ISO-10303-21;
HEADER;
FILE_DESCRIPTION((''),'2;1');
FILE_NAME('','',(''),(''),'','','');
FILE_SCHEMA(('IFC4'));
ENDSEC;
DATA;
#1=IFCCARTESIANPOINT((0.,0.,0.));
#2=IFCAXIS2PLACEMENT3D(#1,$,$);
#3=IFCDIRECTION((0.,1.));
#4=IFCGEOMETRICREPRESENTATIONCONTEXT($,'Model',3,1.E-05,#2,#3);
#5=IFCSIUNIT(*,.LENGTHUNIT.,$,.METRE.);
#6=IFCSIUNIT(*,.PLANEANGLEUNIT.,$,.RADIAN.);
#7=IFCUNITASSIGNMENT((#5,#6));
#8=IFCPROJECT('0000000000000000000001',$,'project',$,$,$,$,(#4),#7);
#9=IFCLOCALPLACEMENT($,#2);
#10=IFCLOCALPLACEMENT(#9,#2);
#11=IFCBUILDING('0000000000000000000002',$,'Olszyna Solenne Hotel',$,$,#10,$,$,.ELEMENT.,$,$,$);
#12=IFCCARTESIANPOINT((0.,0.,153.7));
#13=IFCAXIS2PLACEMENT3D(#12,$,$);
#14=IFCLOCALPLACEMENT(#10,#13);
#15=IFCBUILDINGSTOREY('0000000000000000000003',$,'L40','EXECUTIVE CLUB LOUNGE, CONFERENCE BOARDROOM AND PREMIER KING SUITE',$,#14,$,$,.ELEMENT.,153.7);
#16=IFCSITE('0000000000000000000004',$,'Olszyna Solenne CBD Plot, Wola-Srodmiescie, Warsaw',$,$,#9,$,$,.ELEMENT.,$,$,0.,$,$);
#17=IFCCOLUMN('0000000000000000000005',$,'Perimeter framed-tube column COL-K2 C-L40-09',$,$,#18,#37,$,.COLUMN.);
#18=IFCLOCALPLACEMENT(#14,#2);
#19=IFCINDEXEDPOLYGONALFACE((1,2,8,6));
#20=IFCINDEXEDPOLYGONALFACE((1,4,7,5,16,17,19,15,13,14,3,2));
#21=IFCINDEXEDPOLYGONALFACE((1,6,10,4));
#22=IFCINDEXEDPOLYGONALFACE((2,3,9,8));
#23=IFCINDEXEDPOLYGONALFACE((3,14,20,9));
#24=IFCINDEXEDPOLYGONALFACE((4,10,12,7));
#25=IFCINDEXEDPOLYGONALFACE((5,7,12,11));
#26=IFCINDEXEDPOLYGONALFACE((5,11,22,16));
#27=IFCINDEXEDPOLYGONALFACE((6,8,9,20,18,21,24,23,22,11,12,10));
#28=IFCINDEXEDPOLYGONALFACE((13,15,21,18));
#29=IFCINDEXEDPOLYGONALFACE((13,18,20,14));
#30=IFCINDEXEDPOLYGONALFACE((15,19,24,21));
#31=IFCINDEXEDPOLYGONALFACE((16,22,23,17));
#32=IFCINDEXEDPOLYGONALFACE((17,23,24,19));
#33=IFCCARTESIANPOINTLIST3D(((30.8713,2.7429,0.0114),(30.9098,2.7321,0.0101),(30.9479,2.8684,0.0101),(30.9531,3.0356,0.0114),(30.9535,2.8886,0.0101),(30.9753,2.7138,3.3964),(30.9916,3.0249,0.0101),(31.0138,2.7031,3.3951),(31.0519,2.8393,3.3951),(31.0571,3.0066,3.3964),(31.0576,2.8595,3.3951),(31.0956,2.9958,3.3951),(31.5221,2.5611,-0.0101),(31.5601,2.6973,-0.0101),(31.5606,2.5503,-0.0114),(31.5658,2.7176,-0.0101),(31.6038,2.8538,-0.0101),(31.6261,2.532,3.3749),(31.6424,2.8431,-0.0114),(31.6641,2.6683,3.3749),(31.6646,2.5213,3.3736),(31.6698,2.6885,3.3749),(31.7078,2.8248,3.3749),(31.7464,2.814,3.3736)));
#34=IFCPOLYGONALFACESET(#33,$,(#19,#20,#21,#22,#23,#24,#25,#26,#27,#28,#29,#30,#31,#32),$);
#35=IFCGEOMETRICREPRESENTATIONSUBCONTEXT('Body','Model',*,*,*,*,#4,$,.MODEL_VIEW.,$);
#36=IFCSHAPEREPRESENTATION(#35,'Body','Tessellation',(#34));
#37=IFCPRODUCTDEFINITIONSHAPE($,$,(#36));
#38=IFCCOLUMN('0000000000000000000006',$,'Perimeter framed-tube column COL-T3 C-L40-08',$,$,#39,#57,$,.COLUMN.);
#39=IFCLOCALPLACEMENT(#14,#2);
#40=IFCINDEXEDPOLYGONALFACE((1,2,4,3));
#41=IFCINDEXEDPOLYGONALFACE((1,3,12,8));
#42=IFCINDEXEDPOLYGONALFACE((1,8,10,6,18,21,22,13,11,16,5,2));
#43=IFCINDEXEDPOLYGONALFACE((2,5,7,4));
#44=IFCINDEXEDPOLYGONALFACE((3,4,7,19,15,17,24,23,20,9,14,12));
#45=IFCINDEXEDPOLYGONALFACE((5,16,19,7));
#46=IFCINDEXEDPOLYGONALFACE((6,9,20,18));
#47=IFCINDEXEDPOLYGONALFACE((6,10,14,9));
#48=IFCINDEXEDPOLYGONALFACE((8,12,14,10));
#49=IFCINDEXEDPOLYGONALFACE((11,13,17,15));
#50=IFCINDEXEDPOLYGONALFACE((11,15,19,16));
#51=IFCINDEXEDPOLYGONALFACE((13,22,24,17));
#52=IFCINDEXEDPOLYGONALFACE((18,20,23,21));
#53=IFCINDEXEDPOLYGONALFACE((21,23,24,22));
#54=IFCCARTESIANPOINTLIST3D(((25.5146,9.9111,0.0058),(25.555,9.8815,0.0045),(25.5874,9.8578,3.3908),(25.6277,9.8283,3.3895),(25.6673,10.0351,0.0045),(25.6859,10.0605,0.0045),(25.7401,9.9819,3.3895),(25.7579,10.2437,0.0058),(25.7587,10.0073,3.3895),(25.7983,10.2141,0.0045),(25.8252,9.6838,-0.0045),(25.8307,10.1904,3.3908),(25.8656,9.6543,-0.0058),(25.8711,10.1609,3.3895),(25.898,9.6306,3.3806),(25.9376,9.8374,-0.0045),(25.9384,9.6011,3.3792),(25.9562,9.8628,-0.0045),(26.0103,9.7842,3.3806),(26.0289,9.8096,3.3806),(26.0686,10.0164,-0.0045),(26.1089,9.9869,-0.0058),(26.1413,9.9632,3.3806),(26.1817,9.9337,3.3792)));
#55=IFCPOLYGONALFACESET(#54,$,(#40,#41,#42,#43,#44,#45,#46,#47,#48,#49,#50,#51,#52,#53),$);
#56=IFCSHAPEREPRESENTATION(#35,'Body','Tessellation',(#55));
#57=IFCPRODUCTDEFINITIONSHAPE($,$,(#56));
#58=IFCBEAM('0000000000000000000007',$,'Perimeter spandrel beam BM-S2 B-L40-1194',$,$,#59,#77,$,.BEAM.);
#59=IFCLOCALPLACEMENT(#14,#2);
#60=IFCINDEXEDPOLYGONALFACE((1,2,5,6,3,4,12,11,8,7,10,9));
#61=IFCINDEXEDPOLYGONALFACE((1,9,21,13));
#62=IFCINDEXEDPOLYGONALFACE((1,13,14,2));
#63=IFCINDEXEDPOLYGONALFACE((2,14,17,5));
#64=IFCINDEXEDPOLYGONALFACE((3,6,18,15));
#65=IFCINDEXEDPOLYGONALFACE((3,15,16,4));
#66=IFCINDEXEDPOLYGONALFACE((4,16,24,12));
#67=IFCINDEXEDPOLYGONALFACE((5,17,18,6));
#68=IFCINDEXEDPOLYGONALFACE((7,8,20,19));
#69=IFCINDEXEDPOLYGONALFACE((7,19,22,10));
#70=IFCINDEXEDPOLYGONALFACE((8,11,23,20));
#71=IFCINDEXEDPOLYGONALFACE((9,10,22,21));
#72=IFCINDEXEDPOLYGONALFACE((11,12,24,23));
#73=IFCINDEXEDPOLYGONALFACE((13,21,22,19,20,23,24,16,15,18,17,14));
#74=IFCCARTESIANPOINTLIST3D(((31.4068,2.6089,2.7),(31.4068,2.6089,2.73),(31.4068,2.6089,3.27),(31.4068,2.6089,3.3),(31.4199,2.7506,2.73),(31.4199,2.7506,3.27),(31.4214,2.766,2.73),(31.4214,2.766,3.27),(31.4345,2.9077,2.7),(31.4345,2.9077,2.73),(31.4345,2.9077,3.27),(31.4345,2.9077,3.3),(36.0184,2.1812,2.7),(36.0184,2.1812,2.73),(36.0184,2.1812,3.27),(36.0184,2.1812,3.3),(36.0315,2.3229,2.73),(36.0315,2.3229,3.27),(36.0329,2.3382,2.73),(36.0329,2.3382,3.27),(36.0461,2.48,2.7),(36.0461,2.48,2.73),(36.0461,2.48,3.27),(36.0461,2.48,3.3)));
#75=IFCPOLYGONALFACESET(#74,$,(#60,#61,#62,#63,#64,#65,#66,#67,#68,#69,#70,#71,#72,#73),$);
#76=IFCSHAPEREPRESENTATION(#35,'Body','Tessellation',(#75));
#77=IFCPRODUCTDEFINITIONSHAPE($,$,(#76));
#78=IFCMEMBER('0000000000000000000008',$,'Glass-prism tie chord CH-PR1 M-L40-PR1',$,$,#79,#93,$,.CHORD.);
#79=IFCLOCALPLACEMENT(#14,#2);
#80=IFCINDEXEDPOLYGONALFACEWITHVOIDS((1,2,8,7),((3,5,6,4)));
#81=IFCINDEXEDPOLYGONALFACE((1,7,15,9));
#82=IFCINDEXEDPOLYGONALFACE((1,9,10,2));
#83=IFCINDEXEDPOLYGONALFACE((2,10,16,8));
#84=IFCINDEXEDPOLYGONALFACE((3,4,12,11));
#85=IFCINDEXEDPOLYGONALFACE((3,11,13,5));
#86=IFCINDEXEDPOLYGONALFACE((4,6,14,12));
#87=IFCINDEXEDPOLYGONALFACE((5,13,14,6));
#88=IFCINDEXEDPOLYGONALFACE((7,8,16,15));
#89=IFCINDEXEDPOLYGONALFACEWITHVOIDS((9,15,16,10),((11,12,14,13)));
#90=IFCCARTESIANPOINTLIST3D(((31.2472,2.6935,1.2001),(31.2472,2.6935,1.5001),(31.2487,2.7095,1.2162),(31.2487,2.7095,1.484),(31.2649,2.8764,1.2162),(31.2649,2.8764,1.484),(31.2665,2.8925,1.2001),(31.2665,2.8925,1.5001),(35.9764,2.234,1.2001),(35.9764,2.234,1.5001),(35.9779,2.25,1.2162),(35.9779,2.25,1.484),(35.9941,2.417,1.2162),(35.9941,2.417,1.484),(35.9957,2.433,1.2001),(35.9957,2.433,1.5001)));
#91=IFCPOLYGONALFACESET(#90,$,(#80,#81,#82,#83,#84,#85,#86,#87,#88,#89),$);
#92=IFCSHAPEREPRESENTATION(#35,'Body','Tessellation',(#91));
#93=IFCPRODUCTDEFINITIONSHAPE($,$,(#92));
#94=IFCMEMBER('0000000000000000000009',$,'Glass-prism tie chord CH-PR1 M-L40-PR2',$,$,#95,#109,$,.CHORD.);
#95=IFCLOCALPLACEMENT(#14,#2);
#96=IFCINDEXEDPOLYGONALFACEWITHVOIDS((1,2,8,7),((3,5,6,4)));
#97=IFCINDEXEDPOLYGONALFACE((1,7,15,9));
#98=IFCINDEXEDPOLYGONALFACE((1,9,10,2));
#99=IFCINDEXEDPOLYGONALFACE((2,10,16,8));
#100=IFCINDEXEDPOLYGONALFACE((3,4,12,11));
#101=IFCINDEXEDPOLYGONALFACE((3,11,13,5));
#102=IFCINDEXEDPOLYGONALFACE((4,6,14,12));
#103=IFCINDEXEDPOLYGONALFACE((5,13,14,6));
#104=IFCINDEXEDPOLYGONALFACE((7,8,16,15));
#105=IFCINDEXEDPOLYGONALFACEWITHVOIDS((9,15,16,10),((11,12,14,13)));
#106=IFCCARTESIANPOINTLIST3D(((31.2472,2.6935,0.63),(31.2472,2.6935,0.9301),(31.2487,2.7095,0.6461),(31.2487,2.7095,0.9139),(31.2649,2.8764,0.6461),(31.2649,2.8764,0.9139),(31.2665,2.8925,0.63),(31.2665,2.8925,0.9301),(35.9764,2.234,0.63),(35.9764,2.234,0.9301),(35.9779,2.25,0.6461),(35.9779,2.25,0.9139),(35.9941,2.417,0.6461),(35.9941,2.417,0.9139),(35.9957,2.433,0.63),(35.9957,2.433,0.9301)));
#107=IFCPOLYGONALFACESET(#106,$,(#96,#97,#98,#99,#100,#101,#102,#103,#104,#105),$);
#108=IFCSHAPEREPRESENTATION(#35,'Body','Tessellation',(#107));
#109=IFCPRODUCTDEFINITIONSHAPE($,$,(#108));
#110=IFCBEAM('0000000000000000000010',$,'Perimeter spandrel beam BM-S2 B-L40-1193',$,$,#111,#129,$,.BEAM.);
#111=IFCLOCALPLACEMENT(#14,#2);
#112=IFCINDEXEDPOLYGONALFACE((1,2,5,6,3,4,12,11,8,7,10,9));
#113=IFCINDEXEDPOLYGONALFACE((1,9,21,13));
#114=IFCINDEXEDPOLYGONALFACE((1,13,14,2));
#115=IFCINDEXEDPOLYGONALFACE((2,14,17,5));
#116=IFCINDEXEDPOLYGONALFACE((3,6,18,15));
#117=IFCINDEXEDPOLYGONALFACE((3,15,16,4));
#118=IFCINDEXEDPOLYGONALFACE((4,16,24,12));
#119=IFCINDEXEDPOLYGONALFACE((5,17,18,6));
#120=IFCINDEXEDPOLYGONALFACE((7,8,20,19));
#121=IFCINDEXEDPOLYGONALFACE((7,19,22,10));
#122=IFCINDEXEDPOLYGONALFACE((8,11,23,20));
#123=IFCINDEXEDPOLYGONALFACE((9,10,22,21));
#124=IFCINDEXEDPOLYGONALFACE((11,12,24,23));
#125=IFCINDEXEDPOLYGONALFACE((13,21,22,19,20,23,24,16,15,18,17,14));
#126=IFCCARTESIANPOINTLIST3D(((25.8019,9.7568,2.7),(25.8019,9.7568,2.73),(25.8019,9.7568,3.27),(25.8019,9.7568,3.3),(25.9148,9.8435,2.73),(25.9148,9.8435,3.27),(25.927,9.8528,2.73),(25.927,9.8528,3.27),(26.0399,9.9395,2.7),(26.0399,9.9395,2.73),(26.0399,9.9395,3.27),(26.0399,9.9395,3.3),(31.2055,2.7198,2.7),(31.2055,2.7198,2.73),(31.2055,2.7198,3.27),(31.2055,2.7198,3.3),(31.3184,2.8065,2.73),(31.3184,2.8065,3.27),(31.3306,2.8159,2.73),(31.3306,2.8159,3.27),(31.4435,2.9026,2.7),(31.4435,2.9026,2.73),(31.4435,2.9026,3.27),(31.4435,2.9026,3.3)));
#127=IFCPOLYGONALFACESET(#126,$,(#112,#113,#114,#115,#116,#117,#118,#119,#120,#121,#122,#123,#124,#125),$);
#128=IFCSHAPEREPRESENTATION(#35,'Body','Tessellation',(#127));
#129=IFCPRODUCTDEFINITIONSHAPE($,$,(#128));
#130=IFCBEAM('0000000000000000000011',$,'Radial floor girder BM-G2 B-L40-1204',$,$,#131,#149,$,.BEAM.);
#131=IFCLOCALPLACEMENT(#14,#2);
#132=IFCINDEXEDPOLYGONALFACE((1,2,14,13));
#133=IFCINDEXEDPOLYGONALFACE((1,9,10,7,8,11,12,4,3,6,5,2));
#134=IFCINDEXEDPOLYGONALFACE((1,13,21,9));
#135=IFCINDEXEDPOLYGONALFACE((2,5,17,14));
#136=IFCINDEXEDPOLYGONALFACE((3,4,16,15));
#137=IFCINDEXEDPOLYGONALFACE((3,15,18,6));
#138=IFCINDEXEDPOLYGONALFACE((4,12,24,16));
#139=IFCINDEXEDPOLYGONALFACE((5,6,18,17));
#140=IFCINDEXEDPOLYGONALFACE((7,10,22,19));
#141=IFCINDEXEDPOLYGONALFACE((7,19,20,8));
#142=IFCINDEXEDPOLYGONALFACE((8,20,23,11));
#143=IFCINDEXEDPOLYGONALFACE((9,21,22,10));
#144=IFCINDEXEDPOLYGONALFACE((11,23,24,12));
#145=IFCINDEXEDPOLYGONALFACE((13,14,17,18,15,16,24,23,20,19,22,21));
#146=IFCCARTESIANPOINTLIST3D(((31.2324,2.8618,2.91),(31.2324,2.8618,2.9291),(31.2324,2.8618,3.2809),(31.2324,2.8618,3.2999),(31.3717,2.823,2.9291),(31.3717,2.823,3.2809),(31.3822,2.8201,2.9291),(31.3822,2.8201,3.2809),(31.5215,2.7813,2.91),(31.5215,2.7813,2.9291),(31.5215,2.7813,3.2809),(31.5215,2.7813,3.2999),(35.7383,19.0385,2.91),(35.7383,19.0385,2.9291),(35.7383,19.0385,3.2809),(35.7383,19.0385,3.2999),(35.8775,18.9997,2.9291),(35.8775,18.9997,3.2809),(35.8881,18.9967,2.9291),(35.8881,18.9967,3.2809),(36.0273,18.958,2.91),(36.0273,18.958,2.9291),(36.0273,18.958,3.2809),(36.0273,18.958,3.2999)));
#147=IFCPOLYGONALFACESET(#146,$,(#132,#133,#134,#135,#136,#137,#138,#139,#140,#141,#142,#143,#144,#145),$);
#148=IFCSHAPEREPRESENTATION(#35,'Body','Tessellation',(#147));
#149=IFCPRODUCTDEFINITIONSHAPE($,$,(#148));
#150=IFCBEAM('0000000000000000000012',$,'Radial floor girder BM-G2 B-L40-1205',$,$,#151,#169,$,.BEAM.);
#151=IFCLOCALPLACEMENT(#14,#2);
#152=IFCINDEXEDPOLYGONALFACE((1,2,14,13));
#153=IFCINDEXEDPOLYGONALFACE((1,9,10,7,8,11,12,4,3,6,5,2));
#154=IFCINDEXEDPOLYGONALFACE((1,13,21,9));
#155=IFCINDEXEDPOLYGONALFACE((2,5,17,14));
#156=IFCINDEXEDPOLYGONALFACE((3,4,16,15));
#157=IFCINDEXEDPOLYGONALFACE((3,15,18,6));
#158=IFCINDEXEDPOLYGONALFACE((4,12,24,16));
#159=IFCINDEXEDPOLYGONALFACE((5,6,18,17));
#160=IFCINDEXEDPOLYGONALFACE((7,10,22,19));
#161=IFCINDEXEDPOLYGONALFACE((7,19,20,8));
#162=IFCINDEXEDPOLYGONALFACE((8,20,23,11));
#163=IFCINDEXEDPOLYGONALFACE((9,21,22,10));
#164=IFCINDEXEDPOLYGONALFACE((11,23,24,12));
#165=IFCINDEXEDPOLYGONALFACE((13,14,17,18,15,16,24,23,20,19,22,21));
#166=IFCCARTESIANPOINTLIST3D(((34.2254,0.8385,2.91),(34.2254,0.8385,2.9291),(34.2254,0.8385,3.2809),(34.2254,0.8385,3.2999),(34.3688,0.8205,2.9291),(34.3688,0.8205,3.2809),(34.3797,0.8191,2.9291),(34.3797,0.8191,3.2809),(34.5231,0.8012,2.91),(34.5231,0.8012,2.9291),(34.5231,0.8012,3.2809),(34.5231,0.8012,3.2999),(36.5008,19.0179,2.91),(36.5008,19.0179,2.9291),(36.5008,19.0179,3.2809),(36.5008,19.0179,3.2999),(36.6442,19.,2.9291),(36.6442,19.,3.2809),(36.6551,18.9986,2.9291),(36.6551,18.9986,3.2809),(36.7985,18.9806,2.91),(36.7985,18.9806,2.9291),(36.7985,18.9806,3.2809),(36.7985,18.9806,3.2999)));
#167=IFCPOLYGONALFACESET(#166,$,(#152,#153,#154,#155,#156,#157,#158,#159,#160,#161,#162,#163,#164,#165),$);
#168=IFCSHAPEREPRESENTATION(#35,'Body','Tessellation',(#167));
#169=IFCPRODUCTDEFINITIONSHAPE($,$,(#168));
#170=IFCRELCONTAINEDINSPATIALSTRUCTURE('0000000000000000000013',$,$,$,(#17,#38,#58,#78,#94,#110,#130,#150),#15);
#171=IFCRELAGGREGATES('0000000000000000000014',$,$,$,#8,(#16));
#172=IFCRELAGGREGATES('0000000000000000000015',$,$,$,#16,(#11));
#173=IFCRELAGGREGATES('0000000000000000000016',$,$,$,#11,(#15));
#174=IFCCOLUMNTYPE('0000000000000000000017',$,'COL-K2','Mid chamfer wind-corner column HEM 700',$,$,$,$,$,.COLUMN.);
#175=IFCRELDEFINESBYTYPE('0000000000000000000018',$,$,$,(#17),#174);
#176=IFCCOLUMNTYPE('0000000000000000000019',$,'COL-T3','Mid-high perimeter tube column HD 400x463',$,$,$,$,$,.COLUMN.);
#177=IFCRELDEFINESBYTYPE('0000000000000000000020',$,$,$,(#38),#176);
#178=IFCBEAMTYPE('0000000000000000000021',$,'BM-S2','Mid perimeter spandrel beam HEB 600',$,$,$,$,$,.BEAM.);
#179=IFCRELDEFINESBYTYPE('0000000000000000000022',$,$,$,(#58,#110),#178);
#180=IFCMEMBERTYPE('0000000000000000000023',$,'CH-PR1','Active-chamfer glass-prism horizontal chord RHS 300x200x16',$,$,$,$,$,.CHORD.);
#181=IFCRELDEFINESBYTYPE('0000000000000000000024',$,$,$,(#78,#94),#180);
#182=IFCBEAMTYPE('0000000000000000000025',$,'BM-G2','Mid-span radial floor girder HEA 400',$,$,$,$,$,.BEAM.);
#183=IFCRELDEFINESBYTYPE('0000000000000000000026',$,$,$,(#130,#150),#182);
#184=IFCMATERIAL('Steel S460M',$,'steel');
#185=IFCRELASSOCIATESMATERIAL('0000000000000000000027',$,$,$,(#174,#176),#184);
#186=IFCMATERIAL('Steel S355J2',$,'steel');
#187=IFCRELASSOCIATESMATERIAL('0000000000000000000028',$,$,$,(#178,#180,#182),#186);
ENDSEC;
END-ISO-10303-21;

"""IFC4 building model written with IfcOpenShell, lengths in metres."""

from ifc_helpers import new_model, si_unit, direction, frame, origin, origin_2d, place, context, subcontext, project, spatial, hollow_rectangle, i_section, extrude, source, transform, mapped, material, material_profile, profile_set, type_object, element, save


model = new_model("IFC4")

# Units and contexts
model_context = context("Model", 3, precision=1e-05, world=origin(), true_north=direction((0.0, 1.0)))
body_context = subcontext(model_context, "Body", "Model", "MODEL_VIEW")
ifc_project = project(units=[si_unit("LENGTHUNIT", "METRE"), si_unit("PLANEANGLEUNIT", "RADIAN")], contexts=[model_context])

# Site, building, storey
site_placement = place(None, origin())
site = spatial("IfcSite", under=ifc_project, at=site_placement, Name="Olszyna Solenne CBD Plot, Wola-Srodmiescie, Warsaw", CompositionType="ELEMENT", RefElevation=0.0)
building_placement = place(site_placement, origin())
building = spatial("IfcBuilding", under=site, at=building_placement, Name="Olszyna Solenne Hotel", CompositionType="ELEMENT")
storey_placement = place(building_placement, frame((0.0, 0.0, 153.7)))
storey = spatial("IfcBuildingStorey", under=building, at=storey_placement, Name="L40", Description="EXECUTIVE CLUB LOUNGE, CONFERENCE BOARDROOM AND PREMIER KING SUITE", CompositionType="ELEMENT", Elevation=153.7)

# Columns
ifc_material_1 = material(Name="Steel S460M", Category="steel")
ifc_material_profile_1 = material_profile(ifc_material_1, i_section(OverallWidth=0.304, OverallDepth=0.7161, WebThickness=0.021, FlangeThickness=0.04, at=origin_2d()), Name="HEM 700", Category="load-bearing")
ifc_profile_set_1 = profile_set([ifc_material_profile_1], Name="Steel S460M")
column_type_1 = type_object("IfcColumnType", Name="COL-K2", Description="Mid chamfer wind-corner column HEM 700", PredefinedType="COLUMN", material=ifc_profile_set_1)
shared_shape_1 = source(origin(), body_context, "Body", "SweptSolid", [
    extrude(i_section(OverallWidth=0.304, OverallDepth=0.7161, WebThickness=0.021, FlangeThickness=0.04, at=origin_2d()), origin(), (0.0, 0.0, 1.0), 3.3867),
])
column_1_placement = place(storey_placement, frame((31.2568, 2.793, 0.0), z_axis=(0.030709, -0.008578, 0.999492), x_axis=(0.269043, 0.963128, 0.0)))
element("IfcColumn", 1, at=column_1_placement, inside=storey, type_object=column_type_1, Name="Perimeter framed-tube column COL-K2 C-L40-09", PredefinedType="COLUMN", context=body_context, shape_type="MappedRepresentation", body=[
    mapped(shared_shape_1, transform((0.0, 0.0, 0.0), x_axis=(1.0, 0.0, 0.0), y_axis=(0.0, 1.0, 0.0), z_axis=(0.0, 0.0, 1.0), scale=1.0)),
])
ifc_material_profile_2 = material_profile(ifc_material_1, i_section(OverallWidth=0.4121, OverallDepth=0.4351, WebThickness=0.0315, FlangeThickness=0.05, at=origin_2d()), Name="HD 400x463", Category="load-bearing")
ifc_profile_set_2 = profile_set([ifc_material_profile_2], Name="Steel S460M")
column_type_2 = type_object("IfcColumnType", Name="COL-T3", Description="Mid-high perimeter tube column HD 400x463", PredefinedType="COLUMN", material=ifc_profile_set_2)
shared_shape_2 = source(origin(), body_context, "Body", "SweptSolid", [
    extrude(i_section(OverallWidth=0.4121, OverallDepth=0.4351, WebThickness=0.0315, FlangeThickness=0.05, at=origin_2d()), origin(), (0.0, 0.0, 1.0), 3.3862),
])
column_2_placement = place(storey_placement, frame((25.8118, 9.949, 0.0), z_axis=(0.021485, -0.015717, 0.999646), x_axis=(0.590424, 0.807093, 0.0)))
element("IfcColumn", 2, at=column_2_placement, inside=storey, type_object=column_type_2, Name="Perimeter framed-tube column COL-T3 C-L40-08", PredefinedType="COLUMN", context=body_context, shape_type="MappedRepresentation", body=[
    mapped(shared_shape_2, transform((0.0, 0.0, 0.0), x_axis=(1.0, 0.0, 0.0), y_axis=(0.0, 1.0, 0.0), z_axis=(0.0, 0.0, 1.0), scale=1.0)),
])

# Beam
ifc_material_2 = material(Name="Steel S355J2", Category="steel")
ifc_material_profile_3 = material_profile(ifc_material_2, i_section(OverallWidth=0.3, OverallDepth=0.6001, WebThickness=0.0154, FlangeThickness=0.03, at=origin_2d()), Name="HEB 600", Category="load-bearing")
ifc_profile_set_3 = profile_set([ifc_material_profile_3], Name="Steel S355J2")
beam_type_1 = type_object("IfcBeamType", Name="BM-S2", Description="Mid perimeter spandrel beam HEB 600", PredefinedType="BEAM", material=ifc_profile_set_3)
shared_shape_3 = source(origin(), body_context, "Body", "SweptSolid", [
    extrude(i_section(OverallWidth=0.3, OverallDepth=0.6001, WebThickness=0.0154, FlangeThickness=0.03, at=origin_2d()), origin(), (0.0, 0.0, 1.0), 4.6313),
])
beam_1_placement = place(storey_placement, frame((31.4207, 2.7583, 3.0), z_axis=(0.995726, -0.092356, 0.0), x_axis=(0.092356, 0.995726, 0.0)))
element("IfcBeam", 3, at=beam_1_placement, inside=storey, type_object=beam_type_1, Name="Perimeter spandrel beam BM-S2 B-L40-1194", PredefinedType="BEAM", context=body_context, shape_type="MappedRepresentation", body=[
    mapped(shared_shape_3, transform((0.0, 0.0, 0.0), x_axis=(1.0, 0.0, 0.0), y_axis=(0.0, 1.0, 0.0), z_axis=(0.0, 0.0, 1.0), scale=1.0)),
])

# Members
ifc_material_profile_4 = material_profile(ifc_material_2, hollow_rectangle(XDim=0.2, YDim=0.3, WallThickness=0.0161, at=origin_2d()), Name="RHS 300x200x16", Category="load-bearing")
ifc_profile_set_4 = profile_set([ifc_material_profile_4], Name="Steel S355J2")
member_type_1 = type_object("IfcMemberType", Name="CH-PR1", Description="Active-chamfer glass-prism horizontal chord RHS 300x200x16", PredefinedType="CHORD", material=ifc_profile_set_4)
shared_shape_4 = source(origin(), body_context, "Body", "SweptSolid", [
    extrude(hollow_rectangle(XDim=0.2, YDim=0.3, WallThickness=0.0161, at=origin_2d()), origin(), (0.0, 0.0, 1.0), 4.7515),
])
for number, where, z_axis, x_axis, name in (
    (4, (31.2568, 2.793, 1.3501), (0.995314, -0.0967, 0.0), (0.0967, 0.995314, 0.0), "Glass-prism tie chord CH-PR1 M-L40-PR1"),
    (5, (31.2568, 2.793, 0.78), (0.995314, -0.0967, 0.0), (0.0967, 0.995314, 0.0), "Glass-prism tie chord CH-PR1 M-L40-PR2"),
):
    element("IfcMember", number, at=place(storey_placement, frame(where, z_axis=z_axis, x_axis=x_axis)), inside=storey, type_object=member_type_1, Name=name, PredefinedType="CHORD", context=body_context, shape_type="MappedRepresentation", body=[
        mapped(shared_shape_4, transform((0.0, 0.0, 0.0), x_axis=(1.0, 0.0, 0.0), y_axis=(0.0, 1.0, 0.0), z_axis=(0.0, 0.0, 1.0), scale=1.0)),
    ])

# Beams
shared_shape_5 = source(origin(), body_context, "Body", "SweptSolid", [
    extrude(i_section(OverallWidth=0.3, OverallDepth=0.6001, WebThickness=0.0154, FlangeThickness=0.03, at=origin_2d()), origin(), (0.0, 0.0, 1.0), 8.8723),
])
beam_2_placement = place(storey_placement, frame((25.9209, 9.8481, 3.0), z_axis=(0.609044, -0.793136, 0.0), x_axis=(0.793136, 0.609044, 0.0)))
element("IfcBeam", 6, at=beam_2_placement, inside=storey, type_object=beam_type_1, Name="Perimeter spandrel beam BM-S2 B-L40-1193", PredefinedType="BEAM", context=body_context, shape_type="MappedRepresentation", body=[
    mapped(shared_shape_5, transform((0.0, 0.0, 0.0), x_axis=(1.0, 0.0, 0.0), y_axis=(0.0, 1.0, 0.0), z_axis=(0.0, 0.0, 1.0), scale=1.0)),
])
ifc_material_profile_5 = material_profile(ifc_material_2, i_section(OverallWidth=0.3, OverallDepth=0.3899, WebThickness=0.011, FlangeThickness=0.019, at=origin_2d()), Name="HEA 400", Category="load-bearing")
ifc_profile_set_5 = profile_set([ifc_material_profile_5], Name="Steel S355J2")
beam_type_2 = type_object("IfcBeamType", Name="BM-G2", Description="Mid-span radial floor girder HEA 400", PredefinedType="BEAM", material=ifc_profile_set_5)
shared_shape_6 = source(origin(), body_context, "Body", "SweptSolid", [
    extrude(i_section(OverallWidth=0.3, OverallDepth=0.3899, WebThickness=0.011, FlangeThickness=0.019, at=origin_2d()), origin(), (0.0, 0.0, 1.0), 16.7925),
])
beam_3_placement = place(storey_placement, frame((31.377, 2.8215, 3.105), z_axis=(0.268325, 0.963329, 0.0), x_axis=(-0.963329, 0.268325, 0.0)))
element("IfcBeam", 7, at=beam_3_placement, inside=storey, type_object=beam_type_2, Name="Radial floor girder BM-G2 B-L40-1204", PredefinedType="BEAM", context=body_context, shape_type="MappedRepresentation", body=[
    mapped(shared_shape_6, transform((0.0, 0.0, 0.0), x_axis=(1.0, 0.0, 0.0), y_axis=(0.0, 1.0, 0.0), z_axis=(0.0, 0.0, 1.0), scale=1.0)),
])
shared_shape_7 = source(origin(), body_context, "Body", "SweptSolid", [
    extrude(i_section(OverallWidth=0.3, OverallDepth=0.3899, WebThickness=0.011, FlangeThickness=0.019, at=origin_2d()), origin(), (0.0, 0.0, 1.0), 18.3213),
])
beam_4_placement = place(storey_placement, frame((34.3743, 0.8198, 3.105), z_axis=(0.124194, 0.992258, 0.0), x_axis=(-0.992258, 0.124194, 0.0)))
element("IfcBeam", 8, at=beam_4_placement, inside=storey, type_object=beam_type_2, Name="Radial floor girder BM-G2 B-L40-1205", PredefinedType="BEAM", context=body_context, shape_type="MappedRepresentation", body=[
    mapped(shared_shape_7, transform((0.0, 0.0, 0.0), x_axis=(1.0, 0.0, 0.0), y_axis=(0.0, 1.0, 0.0), z_axis=(0.0, 0.0, 1.0), scale=1.0)),
])

save(model, "model.ifc")
